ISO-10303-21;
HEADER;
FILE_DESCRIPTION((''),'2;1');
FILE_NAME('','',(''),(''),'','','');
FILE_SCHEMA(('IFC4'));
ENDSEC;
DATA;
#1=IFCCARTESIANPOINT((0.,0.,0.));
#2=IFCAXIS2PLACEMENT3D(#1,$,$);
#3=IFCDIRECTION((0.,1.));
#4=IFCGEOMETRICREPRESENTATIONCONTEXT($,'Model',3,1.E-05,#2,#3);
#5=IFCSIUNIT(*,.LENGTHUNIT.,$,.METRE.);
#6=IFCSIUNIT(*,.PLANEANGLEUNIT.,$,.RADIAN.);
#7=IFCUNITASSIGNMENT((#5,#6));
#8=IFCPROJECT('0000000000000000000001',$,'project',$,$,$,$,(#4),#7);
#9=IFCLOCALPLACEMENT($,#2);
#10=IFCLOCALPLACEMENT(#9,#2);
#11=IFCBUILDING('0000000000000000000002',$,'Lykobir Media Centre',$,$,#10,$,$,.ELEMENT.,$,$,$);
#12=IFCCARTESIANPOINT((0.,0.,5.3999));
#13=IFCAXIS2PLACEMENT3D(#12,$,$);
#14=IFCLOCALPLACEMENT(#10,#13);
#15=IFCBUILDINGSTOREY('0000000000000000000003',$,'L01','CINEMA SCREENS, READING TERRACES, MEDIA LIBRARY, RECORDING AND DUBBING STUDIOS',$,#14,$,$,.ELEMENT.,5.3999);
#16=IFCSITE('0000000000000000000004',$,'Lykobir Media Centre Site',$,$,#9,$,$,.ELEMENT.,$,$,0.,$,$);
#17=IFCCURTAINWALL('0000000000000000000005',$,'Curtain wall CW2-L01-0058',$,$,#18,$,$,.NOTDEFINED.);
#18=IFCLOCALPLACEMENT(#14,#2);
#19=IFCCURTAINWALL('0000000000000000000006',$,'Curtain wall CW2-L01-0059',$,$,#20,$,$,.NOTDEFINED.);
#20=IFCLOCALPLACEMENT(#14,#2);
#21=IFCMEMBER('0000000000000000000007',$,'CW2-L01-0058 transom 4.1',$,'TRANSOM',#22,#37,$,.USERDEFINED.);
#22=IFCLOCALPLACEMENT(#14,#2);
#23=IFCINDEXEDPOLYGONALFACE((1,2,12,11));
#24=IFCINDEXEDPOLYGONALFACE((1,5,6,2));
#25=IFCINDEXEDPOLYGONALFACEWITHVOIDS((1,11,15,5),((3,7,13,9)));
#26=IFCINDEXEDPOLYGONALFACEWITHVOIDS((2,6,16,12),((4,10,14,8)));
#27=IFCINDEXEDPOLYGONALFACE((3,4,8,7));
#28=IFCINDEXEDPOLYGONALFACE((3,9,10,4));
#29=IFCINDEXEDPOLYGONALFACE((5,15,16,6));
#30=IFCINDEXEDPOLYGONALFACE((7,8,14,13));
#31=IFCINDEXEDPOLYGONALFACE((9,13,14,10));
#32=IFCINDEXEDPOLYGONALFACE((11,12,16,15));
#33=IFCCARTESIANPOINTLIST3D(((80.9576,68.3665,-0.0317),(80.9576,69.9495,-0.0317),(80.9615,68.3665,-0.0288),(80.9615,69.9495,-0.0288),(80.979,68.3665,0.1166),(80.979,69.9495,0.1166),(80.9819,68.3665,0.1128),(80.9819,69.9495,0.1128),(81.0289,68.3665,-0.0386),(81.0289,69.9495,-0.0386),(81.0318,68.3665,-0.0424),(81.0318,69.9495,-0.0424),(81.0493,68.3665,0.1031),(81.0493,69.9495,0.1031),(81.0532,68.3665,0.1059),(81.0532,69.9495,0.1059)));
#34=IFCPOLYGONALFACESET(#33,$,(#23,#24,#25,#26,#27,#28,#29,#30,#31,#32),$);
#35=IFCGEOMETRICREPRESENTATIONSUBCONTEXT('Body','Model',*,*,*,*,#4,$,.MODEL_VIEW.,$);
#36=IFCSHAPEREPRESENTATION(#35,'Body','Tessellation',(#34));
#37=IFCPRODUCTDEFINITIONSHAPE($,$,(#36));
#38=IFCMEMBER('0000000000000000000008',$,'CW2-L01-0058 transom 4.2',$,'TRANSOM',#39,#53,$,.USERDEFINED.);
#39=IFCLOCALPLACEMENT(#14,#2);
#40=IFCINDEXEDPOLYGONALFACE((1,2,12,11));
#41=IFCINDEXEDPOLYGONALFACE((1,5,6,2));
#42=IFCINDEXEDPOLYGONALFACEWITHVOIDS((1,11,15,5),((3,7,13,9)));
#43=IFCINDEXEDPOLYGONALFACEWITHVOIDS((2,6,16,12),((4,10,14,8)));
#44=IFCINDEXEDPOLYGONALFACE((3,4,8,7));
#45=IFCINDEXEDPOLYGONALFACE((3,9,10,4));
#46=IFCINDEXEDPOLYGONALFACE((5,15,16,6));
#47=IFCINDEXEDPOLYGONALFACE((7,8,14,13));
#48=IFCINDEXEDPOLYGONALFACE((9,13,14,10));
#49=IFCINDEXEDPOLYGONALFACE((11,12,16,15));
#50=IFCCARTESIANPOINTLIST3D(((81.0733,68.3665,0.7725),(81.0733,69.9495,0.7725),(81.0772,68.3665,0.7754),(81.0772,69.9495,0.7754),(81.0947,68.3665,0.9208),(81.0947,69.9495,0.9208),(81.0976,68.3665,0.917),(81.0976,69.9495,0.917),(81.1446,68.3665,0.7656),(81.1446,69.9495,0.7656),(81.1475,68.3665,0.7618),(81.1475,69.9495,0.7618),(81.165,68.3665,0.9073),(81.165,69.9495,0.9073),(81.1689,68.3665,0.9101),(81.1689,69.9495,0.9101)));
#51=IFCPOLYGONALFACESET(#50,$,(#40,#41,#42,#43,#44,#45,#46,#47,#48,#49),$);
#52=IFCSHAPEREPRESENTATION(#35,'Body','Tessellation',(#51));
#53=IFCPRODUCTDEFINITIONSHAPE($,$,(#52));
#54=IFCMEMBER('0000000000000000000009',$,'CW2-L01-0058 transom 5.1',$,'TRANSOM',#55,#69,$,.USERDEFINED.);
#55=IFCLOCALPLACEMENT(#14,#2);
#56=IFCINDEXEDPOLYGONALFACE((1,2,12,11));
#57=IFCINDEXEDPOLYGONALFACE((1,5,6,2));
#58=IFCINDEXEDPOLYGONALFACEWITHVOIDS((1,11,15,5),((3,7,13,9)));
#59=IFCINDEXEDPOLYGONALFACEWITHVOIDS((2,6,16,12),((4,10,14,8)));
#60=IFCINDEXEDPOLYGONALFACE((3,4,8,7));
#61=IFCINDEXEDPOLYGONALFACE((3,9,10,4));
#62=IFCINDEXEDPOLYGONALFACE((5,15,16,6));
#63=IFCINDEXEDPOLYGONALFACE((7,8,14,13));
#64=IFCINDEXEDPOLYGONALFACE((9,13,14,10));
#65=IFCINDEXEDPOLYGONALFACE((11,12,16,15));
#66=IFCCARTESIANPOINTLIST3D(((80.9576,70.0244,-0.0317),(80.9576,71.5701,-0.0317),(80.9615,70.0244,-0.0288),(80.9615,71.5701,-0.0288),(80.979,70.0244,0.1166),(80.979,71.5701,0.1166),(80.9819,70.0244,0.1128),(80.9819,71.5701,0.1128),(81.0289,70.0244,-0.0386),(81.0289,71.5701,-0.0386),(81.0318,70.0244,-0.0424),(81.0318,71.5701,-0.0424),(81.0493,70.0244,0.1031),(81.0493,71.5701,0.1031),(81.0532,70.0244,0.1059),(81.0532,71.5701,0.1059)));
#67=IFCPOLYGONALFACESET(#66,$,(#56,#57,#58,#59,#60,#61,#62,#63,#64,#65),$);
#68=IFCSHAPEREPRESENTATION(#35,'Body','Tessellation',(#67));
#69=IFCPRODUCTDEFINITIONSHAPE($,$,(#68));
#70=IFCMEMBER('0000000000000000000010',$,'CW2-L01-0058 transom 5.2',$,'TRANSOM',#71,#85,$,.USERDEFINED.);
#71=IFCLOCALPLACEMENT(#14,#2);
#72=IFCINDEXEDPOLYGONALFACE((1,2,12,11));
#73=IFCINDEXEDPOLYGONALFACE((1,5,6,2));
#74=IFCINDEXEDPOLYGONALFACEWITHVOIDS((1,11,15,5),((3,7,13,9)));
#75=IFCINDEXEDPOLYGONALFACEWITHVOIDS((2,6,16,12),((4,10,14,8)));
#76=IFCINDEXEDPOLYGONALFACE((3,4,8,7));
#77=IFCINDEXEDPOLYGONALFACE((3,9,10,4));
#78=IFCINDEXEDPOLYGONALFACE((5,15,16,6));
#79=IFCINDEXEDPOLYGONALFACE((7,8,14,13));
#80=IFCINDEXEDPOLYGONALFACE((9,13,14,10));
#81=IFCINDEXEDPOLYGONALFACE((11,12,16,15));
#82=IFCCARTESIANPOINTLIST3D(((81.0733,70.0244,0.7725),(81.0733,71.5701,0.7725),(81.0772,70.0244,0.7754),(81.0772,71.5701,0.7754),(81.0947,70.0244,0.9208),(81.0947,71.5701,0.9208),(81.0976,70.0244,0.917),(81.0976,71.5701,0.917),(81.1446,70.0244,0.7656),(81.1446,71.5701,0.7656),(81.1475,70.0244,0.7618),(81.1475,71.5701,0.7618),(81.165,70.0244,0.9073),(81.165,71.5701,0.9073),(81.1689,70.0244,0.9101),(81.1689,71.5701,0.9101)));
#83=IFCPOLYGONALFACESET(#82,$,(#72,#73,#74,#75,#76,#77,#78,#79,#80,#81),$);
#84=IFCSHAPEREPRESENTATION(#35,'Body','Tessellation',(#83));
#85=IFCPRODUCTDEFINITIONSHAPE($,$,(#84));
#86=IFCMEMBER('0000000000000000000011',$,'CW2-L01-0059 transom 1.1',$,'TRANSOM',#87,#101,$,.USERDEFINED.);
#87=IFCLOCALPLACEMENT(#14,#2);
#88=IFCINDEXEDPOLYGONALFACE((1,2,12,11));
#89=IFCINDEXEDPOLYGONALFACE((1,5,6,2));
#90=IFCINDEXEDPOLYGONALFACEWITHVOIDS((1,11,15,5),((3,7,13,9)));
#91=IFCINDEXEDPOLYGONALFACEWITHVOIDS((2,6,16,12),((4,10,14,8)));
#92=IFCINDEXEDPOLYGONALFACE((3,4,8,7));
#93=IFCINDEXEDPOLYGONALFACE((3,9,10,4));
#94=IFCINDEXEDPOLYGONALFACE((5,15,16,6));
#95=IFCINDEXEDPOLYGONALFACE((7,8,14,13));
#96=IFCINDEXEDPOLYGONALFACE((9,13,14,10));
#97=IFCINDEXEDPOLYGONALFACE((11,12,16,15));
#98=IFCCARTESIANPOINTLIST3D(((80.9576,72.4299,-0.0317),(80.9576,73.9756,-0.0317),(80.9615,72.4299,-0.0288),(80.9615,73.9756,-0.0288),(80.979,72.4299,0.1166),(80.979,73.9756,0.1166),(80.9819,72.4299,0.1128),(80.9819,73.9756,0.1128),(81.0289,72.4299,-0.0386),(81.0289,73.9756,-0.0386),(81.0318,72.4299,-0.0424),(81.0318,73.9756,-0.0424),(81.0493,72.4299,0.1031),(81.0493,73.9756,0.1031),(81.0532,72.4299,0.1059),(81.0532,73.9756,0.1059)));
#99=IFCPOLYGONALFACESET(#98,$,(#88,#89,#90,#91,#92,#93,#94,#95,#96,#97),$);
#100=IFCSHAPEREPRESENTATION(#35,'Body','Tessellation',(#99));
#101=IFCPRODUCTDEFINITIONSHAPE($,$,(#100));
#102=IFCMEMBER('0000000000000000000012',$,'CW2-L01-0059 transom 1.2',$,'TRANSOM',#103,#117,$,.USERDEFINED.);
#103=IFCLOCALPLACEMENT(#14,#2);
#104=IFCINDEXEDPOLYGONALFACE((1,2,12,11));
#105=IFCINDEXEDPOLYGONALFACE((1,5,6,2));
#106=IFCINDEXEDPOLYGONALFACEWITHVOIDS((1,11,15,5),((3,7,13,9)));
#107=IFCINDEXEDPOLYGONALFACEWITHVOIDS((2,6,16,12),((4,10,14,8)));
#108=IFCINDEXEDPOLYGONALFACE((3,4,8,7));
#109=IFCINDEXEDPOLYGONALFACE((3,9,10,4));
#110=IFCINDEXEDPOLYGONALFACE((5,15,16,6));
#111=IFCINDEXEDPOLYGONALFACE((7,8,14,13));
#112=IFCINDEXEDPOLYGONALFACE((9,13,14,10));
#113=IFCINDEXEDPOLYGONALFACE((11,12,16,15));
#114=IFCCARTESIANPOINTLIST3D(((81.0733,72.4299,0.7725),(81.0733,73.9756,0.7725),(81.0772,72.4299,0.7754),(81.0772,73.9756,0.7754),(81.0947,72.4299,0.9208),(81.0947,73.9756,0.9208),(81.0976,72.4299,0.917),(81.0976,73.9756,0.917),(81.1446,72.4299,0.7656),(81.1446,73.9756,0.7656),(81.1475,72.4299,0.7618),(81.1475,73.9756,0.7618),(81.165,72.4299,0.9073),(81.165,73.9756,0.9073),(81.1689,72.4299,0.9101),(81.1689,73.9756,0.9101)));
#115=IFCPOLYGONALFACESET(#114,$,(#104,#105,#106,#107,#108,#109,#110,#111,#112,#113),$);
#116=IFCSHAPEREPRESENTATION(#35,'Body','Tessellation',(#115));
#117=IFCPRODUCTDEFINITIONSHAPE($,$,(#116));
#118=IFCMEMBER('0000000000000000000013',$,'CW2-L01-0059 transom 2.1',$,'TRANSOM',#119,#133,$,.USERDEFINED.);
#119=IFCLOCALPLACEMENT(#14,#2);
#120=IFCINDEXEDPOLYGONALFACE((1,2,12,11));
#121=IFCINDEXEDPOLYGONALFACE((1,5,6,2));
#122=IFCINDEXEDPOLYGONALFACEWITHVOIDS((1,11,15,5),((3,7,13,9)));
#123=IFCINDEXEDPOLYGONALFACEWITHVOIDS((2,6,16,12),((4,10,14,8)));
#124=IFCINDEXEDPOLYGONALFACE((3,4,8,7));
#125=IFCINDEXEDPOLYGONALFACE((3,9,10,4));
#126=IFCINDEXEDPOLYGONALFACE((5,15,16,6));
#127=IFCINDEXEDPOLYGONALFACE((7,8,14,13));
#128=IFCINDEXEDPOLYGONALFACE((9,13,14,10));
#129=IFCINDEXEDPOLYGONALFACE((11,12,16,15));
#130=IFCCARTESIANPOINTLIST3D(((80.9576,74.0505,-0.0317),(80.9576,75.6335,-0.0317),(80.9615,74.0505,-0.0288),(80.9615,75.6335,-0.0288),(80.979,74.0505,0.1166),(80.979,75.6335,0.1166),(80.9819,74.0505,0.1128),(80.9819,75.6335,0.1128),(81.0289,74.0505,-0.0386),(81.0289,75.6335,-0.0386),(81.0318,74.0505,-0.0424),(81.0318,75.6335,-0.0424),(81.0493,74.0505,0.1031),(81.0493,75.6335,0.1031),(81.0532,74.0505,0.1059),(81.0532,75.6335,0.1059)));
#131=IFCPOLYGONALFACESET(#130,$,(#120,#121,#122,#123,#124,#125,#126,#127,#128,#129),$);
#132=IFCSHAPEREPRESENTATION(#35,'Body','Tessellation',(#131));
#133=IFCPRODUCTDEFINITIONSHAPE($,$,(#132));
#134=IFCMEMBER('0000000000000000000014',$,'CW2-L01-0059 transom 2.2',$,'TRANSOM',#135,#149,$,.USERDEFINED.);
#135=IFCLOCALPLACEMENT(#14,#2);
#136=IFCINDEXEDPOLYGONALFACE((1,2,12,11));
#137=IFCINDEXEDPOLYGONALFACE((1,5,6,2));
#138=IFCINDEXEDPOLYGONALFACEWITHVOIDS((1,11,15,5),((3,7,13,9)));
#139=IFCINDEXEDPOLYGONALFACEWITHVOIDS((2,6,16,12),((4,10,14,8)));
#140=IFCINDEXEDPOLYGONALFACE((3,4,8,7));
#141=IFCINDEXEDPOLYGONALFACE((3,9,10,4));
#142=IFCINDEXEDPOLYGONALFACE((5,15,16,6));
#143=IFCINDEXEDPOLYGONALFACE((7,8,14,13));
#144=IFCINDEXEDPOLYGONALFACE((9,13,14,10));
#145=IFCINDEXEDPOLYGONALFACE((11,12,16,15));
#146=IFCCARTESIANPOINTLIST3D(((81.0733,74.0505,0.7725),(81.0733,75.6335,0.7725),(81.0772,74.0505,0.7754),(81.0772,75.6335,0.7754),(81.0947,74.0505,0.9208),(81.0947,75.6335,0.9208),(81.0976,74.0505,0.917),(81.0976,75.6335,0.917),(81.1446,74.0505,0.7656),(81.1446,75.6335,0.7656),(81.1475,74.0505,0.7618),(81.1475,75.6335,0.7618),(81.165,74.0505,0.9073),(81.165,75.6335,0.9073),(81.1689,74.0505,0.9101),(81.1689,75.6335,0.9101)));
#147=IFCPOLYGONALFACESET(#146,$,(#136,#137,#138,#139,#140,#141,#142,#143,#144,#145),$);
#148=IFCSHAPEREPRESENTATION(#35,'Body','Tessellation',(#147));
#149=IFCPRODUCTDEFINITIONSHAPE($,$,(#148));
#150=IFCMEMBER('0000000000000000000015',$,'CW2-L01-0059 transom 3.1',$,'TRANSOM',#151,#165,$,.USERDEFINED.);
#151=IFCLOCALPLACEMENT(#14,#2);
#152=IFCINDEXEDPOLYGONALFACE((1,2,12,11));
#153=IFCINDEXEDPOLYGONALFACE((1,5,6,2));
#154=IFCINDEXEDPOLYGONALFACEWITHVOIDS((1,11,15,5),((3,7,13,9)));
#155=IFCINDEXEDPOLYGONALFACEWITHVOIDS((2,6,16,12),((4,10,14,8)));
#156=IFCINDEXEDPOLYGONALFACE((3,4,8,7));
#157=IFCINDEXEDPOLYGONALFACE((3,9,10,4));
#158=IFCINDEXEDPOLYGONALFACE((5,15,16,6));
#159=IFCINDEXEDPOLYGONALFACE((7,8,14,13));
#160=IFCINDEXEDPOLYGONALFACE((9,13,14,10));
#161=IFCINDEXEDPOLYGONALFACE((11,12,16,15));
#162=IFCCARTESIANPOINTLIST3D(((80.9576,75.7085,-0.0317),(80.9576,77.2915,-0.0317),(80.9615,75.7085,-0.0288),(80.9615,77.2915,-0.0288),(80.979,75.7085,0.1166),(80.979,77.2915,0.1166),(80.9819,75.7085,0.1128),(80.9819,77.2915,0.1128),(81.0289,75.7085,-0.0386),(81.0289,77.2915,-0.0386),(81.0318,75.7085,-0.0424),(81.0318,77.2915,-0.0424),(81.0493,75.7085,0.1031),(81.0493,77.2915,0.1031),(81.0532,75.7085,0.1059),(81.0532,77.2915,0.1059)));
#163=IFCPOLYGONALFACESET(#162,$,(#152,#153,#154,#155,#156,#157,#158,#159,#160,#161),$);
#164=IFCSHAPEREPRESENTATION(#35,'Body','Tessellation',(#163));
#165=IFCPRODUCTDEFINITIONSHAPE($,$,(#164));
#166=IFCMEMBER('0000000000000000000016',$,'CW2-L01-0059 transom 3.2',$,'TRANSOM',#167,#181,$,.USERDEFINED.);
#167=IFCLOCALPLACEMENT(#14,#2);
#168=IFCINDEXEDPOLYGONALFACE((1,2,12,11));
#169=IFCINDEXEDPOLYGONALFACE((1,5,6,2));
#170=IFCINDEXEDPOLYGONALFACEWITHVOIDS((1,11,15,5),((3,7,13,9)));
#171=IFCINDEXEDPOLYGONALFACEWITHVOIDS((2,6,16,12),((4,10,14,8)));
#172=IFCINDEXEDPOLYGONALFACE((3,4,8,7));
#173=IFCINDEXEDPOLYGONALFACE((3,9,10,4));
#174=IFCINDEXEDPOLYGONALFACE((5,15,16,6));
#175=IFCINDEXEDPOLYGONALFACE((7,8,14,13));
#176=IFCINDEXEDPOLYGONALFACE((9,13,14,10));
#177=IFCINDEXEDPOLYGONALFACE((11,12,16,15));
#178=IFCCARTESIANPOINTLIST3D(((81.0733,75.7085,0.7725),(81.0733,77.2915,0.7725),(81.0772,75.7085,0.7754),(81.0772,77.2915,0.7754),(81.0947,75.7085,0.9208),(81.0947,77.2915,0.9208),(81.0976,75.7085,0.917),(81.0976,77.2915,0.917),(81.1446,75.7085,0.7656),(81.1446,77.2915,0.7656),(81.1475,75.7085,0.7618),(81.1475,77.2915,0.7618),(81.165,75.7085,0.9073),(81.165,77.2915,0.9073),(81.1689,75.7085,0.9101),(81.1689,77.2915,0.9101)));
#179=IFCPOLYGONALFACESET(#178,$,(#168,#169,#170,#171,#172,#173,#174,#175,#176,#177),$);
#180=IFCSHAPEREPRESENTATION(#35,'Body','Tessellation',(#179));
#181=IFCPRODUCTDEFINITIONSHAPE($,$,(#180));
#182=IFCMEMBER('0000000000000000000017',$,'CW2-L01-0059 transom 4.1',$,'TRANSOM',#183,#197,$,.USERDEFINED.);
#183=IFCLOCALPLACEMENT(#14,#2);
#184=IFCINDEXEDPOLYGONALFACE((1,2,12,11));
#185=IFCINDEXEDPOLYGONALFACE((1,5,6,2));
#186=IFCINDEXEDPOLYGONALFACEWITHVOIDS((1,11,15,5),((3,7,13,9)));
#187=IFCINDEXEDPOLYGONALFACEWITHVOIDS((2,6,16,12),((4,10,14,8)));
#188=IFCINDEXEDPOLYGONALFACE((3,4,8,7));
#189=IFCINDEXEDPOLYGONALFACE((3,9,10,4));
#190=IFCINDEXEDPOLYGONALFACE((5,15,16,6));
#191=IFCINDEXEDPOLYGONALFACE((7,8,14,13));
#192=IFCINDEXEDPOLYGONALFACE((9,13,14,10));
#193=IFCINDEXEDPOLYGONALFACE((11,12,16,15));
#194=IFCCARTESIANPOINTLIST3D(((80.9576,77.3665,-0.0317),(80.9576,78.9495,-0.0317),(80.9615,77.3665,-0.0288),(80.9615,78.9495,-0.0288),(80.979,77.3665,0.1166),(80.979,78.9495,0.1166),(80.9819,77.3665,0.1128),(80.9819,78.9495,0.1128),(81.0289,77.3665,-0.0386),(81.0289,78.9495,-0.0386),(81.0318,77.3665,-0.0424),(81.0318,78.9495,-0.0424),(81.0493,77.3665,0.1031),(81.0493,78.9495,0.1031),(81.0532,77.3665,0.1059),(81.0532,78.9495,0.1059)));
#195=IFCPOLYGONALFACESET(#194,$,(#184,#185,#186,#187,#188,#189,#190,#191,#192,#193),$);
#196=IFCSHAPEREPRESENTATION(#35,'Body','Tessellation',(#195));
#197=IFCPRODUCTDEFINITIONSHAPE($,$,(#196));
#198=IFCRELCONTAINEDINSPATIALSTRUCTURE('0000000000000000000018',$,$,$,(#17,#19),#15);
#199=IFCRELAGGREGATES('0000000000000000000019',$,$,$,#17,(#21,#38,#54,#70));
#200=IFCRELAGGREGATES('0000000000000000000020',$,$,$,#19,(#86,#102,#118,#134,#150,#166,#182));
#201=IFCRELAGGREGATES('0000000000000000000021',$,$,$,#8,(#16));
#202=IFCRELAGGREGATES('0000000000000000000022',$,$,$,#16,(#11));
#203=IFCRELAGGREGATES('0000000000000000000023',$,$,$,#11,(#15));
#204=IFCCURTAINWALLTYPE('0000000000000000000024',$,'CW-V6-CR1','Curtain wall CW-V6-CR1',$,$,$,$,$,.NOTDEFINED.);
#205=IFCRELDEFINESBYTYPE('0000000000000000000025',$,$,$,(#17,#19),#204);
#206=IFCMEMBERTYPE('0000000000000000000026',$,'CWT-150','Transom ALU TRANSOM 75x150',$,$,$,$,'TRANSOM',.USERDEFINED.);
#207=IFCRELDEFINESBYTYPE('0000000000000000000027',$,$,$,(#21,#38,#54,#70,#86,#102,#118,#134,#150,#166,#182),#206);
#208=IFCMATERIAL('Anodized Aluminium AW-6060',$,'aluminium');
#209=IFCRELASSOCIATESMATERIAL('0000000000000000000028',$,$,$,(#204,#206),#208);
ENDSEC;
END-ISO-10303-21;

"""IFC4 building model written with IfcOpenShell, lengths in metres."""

from ifc_helpers import new_model, si_unit, direction, frame, origin, origin_2d, place, context, subcontext, project, spatial, hollow_rectangle, extrude, material, material_profile, profile_set, type_object, element, aggregate, save


model = new_model("IFC4")

# Units and contexts
model_context = context("Model", 3, precision=1e-05, world=origin(), true_north=direction((0.0, 1.0)))
body_context = subcontext(model_context, "Body", "Model", "MODEL_VIEW")
ifc_project = project(units=[si_unit("LENGTHUNIT", "METRE"), si_unit("PLANEANGLEUNIT", "RADIAN")], contexts=[model_context])

# Site, building, storey
site_placement = place(None, origin())
site = spatial("IfcSite", under=ifc_project, at=site_placement, Name="Lykobir Media Centre Site", CompositionType="ELEMENT", RefElevation=0.0)
building_placement = place(site_placement, origin())
building = spatial("IfcBuilding", under=site, at=building_placement, Name="Lykobir Media Centre", CompositionType="ELEMENT")
storey_placement = place(building_placement, frame((0.0, 0.0, 5.3999)))
storey = spatial("IfcBuildingStorey", under=building, at=storey_placement, Name="L01", Description="CINEMA SCREENS, READING TERRACES, MEDIA LIBRARY, RECORDING AND DUBBING STUDIOS", CompositionType="ELEMENT", Elevation=5.3999)

# Curtain walls
ifc_material_1 = material(Name="Anodized Aluminium AW-6060", Category="aluminium")
curtain_wall_type = type_object("IfcCurtainWallType", Name="CW-V6-CR1", Description="Curtain wall CW-V6-CR1", PredefinedType="NOTDEFINED", material=ifc_material_1)
curtain_wall_1_placement = place(storey_placement, origin())
curtain_wall_1 = element("IfcCurtainWall", 1, at=curtain_wall_1_placement, inside=storey, type_object=curtain_wall_type, Name="Curtain wall CW2-L01-0058", PredefinedType="NOTDEFINED")
curtain_wall_2_placement = place(storey_placement, origin())
curtain_wall_2 = element("IfcCurtainWall", 2, at=curtain_wall_2_placement, inside=storey, type_object=curtain_wall_type, Name="Curtain wall CW2-L01-0059", PredefinedType="NOTDEFINED")

# Members
ifc_material_profile_1 = material_profile(ifc_material_1, hollow_rectangle(XDim=0.075, YDim=0.1499, WallThickness=0.0034, at=origin_2d()), Name="ALU TRANSOM 75x150")
ifc_profile_set_1 = profile_set([ifc_material_profile_1], Name="Anodized Aluminium AW-6060")
member_type_1 = type_object("IfcMemberType", Name="CWT-150", Description="Transom ALU TRANSOM 75x150", ElementType="TRANSOM", PredefinedType="USERDEFINED", material=ifc_profile_set_1)
member_1_placement = place(storey_placement, frame((81.0054, 68.3665, 0.0371), z_axis=(0.0, 1.0, 0.0), x_axis=(-0.989776, 0.0, 0.142629)))
member_1 = element("IfcMember", 3, at=member_1_placement, type_object=member_type_1, Name="CW2-L01-0058 transom 4.1", ObjectType="TRANSOM", PredefinedType="USERDEFINED", context=body_context, shape_type="SweptSolid", body=[
    extrude(hollow_rectangle(XDim=0.075, YDim=0.1499, WallThickness=0.0034, at=origin_2d()), origin(), (0.0, 0.0, 1.0), 1.583),
])
member_2_placement = place(storey_placement, frame((81.1211, 68.3665, 0.8413), z_axis=(0.0, 1.0, 0.0), x_axis=(-0.989776, 0.0, 0.142629)))
member_2 = element("IfcMember", 4, at=member_2_placement, type_object=member_type_1, Name="CW2-L01-0058 transom 4.2", ObjectType="TRANSOM", PredefinedType="USERDEFINED", context=body_context, shape_type="SweptSolid", body=[
    extrude(hollow_rectangle(XDim=0.075, YDim=0.1499, WallThickness=0.0034, at=origin_2d()), origin(), (0.0, 0.0, 1.0), 1.583),
])
member_3_placement = place(storey_placement, frame((81.0054, 70.0244, 0.0371), z_axis=(0.0, 1.0, 0.0), x_axis=(-0.989776, 0.0, 0.142629)))
member_3 = element("IfcMember", 5, at=member_3_placement, type_object=member_type_1, Name="CW2-L01-0058 transom 5.1", ObjectType="TRANSOM", PredefinedType="USERDEFINED", context=body_context, shape_type="SweptSolid", body=[
    extrude(hollow_rectangle(XDim=0.075, YDim=0.1499, WallThickness=0.0034, at=origin_2d()), origin(), (0.0, 0.0, 1.0), 1.5457),
])
member_4_placement = place(storey_placement, frame((81.1211, 70.0244, 0.8413), z_axis=(0.0, 1.0, 0.0), x_axis=(-0.989776, 0.0, 0.142629)))
member_4 = element("IfcMember", 6, at=member_4_placement, type_object=member_type_1, Name="CW2-L01-0058 transom 5.2", ObjectType="TRANSOM", PredefinedType="USERDEFINED", context=body_context, shape_type="SweptSolid", body=[
    extrude(hollow_rectangle(XDim=0.075, YDim=0.1499, WallThickness=0.0034, at=origin_2d()), origin(), (0.0, 0.0, 1.0), 1.5457),
])
member_5_placement = place(storey_placement, frame((81.0054, 72.4299, 0.0371), z_axis=(0.0, 1.0, 0.0), x_axis=(-0.989776, 0.0, 0.142629)))
member_5 = element("IfcMember", 7, at=member_5_placement, type_object=member_type_1, Name="CW2-L01-0059 transom 1.1", ObjectType="TRANSOM", PredefinedType="USERDEFINED", context=body_context, shape_type="SweptSolid", body=[
    extrude(hollow_rectangle(XDim=0.075, YDim=0.1499, WallThickness=0.0034, at=origin_2d()), origin(), (0.0, 0.0, 1.0), 1.5457),
])
member_6_placement = place(storey_placement, frame((81.1211, 72.4299, 0.8413), z_axis=(0.0, 1.0, 0.0), x_axis=(-0.989776, 0.0, 0.142629)))
member_6 = element("IfcMember", 8, at=member_6_placement, type_object=member_type_1, Name="CW2-L01-0059 transom 1.2", ObjectType="TRANSOM", PredefinedType="USERDEFINED", context=body_context, shape_type="SweptSolid", body=[
    extrude(hollow_rectangle(XDim=0.075, YDim=0.1499, WallThickness=0.0034, at=origin_2d()), origin(), (0.0, 0.0, 1.0), 1.5457),
])
member_7_placement = place(storey_placement, frame((81.0054, 74.0505, 0.0371), z_axis=(0.0, 1.0, 0.0), x_axis=(-0.989776, 0.0, 0.142629)))
member_7 = element("IfcMember", 9, at=member_7_placement, type_object=member_type_1, Name="CW2-L01-0059 transom 2.1", ObjectType="TRANSOM", PredefinedType="USERDEFINED", context=body_context, shape_type="SweptSolid", body=[
    extrude(hollow_rectangle(XDim=0.075, YDim=0.1499, WallThickness=0.0034, at=origin_2d()), origin(), (0.0, 0.0, 1.0), 1.583),
])
member_8_placement = place(storey_placement, frame((81.1211, 74.0505, 0.8413), z_axis=(0.0, 1.0, 0.0), x_axis=(-0.989776, 0.0, 0.142629)))
member_8 = element("IfcMember", 10, at=member_8_placement, type_object=member_type_1, Name="CW2-L01-0059 transom 2.2", ObjectType="TRANSOM", PredefinedType="USERDEFINED", context=body_context, shape_type="SweptSolid", body=[
    extrude(hollow_rectangle(XDim=0.075, YDim=0.1499, WallThickness=0.0034, at=origin_2d()), origin(), (0.0, 0.0, 1.0), 1.583),
])
member_9_placement = place(storey_placement, frame((81.0054, 75.7085, 0.0371), z_axis=(0.0, 1.0, 0.0), x_axis=(-0.989776, 0.0, 0.142629)))
member_9 = element("IfcMember", 11, at=member_9_placement, type_object=member_type_1, Name="CW2-L01-0059 transom 3.1", ObjectType="TRANSOM", PredefinedType="USERDEFINED", context=body_context, shape_type="SweptSolid", body=[
    extrude(hollow_rectangle(XDim=0.075, YDim=0.1499, WallThickness=0.0034, at=origin_2d()), origin(), (0.0, 0.0, 1.0), 1.583),
])
member_10_placement = place(storey_placement, frame((81.1211, 75.7085, 0.8413), z_axis=(0.0, 1.0, 0.0), x_axis=(-0.989776, 0.0, 0.142629)))
member_10 = element("IfcMember", 12, at=member_10_placement, type_object=member_type_1, Name="CW2-L01-0059 transom 3.2", ObjectType="TRANSOM", PredefinedType="USERDEFINED", context=body_context, shape_type="SweptSolid", body=[
    extrude(hollow_rectangle(XDim=0.075, YDim=0.1499, WallThickness=0.0034, at=origin_2d()), origin(), (0.0, 0.0, 1.0), 1.583),
])
member_11_placement = place(storey_placement, frame((81.0054, 77.3665, 0.0371), z_axis=(0.0, 1.0, 0.0), x_axis=(-0.989776, 0.0, 0.142629)))
member_11 = element("IfcMember", 13, at=member_11_placement, type_object=member_type_1, Name="CW2-L01-0059 transom 4.1", ObjectType="TRANSOM", PredefinedType="USERDEFINED", context=body_context, shape_type="SweptSolid", body=[
    extrude(hollow_rectangle(XDim=0.075, YDim=0.1499, WallThickness=0.0034, at=origin_2d()), origin(), (0.0, 0.0, 1.0), 1.583),
])

aggregate(curtain_wall_1, [member_1, member_2, member_3, member_4])
aggregate(curtain_wall_2, [member_5, member_6, member_7, member_8, member_9, member_10, member_11])

save(model, "model.ifc")
